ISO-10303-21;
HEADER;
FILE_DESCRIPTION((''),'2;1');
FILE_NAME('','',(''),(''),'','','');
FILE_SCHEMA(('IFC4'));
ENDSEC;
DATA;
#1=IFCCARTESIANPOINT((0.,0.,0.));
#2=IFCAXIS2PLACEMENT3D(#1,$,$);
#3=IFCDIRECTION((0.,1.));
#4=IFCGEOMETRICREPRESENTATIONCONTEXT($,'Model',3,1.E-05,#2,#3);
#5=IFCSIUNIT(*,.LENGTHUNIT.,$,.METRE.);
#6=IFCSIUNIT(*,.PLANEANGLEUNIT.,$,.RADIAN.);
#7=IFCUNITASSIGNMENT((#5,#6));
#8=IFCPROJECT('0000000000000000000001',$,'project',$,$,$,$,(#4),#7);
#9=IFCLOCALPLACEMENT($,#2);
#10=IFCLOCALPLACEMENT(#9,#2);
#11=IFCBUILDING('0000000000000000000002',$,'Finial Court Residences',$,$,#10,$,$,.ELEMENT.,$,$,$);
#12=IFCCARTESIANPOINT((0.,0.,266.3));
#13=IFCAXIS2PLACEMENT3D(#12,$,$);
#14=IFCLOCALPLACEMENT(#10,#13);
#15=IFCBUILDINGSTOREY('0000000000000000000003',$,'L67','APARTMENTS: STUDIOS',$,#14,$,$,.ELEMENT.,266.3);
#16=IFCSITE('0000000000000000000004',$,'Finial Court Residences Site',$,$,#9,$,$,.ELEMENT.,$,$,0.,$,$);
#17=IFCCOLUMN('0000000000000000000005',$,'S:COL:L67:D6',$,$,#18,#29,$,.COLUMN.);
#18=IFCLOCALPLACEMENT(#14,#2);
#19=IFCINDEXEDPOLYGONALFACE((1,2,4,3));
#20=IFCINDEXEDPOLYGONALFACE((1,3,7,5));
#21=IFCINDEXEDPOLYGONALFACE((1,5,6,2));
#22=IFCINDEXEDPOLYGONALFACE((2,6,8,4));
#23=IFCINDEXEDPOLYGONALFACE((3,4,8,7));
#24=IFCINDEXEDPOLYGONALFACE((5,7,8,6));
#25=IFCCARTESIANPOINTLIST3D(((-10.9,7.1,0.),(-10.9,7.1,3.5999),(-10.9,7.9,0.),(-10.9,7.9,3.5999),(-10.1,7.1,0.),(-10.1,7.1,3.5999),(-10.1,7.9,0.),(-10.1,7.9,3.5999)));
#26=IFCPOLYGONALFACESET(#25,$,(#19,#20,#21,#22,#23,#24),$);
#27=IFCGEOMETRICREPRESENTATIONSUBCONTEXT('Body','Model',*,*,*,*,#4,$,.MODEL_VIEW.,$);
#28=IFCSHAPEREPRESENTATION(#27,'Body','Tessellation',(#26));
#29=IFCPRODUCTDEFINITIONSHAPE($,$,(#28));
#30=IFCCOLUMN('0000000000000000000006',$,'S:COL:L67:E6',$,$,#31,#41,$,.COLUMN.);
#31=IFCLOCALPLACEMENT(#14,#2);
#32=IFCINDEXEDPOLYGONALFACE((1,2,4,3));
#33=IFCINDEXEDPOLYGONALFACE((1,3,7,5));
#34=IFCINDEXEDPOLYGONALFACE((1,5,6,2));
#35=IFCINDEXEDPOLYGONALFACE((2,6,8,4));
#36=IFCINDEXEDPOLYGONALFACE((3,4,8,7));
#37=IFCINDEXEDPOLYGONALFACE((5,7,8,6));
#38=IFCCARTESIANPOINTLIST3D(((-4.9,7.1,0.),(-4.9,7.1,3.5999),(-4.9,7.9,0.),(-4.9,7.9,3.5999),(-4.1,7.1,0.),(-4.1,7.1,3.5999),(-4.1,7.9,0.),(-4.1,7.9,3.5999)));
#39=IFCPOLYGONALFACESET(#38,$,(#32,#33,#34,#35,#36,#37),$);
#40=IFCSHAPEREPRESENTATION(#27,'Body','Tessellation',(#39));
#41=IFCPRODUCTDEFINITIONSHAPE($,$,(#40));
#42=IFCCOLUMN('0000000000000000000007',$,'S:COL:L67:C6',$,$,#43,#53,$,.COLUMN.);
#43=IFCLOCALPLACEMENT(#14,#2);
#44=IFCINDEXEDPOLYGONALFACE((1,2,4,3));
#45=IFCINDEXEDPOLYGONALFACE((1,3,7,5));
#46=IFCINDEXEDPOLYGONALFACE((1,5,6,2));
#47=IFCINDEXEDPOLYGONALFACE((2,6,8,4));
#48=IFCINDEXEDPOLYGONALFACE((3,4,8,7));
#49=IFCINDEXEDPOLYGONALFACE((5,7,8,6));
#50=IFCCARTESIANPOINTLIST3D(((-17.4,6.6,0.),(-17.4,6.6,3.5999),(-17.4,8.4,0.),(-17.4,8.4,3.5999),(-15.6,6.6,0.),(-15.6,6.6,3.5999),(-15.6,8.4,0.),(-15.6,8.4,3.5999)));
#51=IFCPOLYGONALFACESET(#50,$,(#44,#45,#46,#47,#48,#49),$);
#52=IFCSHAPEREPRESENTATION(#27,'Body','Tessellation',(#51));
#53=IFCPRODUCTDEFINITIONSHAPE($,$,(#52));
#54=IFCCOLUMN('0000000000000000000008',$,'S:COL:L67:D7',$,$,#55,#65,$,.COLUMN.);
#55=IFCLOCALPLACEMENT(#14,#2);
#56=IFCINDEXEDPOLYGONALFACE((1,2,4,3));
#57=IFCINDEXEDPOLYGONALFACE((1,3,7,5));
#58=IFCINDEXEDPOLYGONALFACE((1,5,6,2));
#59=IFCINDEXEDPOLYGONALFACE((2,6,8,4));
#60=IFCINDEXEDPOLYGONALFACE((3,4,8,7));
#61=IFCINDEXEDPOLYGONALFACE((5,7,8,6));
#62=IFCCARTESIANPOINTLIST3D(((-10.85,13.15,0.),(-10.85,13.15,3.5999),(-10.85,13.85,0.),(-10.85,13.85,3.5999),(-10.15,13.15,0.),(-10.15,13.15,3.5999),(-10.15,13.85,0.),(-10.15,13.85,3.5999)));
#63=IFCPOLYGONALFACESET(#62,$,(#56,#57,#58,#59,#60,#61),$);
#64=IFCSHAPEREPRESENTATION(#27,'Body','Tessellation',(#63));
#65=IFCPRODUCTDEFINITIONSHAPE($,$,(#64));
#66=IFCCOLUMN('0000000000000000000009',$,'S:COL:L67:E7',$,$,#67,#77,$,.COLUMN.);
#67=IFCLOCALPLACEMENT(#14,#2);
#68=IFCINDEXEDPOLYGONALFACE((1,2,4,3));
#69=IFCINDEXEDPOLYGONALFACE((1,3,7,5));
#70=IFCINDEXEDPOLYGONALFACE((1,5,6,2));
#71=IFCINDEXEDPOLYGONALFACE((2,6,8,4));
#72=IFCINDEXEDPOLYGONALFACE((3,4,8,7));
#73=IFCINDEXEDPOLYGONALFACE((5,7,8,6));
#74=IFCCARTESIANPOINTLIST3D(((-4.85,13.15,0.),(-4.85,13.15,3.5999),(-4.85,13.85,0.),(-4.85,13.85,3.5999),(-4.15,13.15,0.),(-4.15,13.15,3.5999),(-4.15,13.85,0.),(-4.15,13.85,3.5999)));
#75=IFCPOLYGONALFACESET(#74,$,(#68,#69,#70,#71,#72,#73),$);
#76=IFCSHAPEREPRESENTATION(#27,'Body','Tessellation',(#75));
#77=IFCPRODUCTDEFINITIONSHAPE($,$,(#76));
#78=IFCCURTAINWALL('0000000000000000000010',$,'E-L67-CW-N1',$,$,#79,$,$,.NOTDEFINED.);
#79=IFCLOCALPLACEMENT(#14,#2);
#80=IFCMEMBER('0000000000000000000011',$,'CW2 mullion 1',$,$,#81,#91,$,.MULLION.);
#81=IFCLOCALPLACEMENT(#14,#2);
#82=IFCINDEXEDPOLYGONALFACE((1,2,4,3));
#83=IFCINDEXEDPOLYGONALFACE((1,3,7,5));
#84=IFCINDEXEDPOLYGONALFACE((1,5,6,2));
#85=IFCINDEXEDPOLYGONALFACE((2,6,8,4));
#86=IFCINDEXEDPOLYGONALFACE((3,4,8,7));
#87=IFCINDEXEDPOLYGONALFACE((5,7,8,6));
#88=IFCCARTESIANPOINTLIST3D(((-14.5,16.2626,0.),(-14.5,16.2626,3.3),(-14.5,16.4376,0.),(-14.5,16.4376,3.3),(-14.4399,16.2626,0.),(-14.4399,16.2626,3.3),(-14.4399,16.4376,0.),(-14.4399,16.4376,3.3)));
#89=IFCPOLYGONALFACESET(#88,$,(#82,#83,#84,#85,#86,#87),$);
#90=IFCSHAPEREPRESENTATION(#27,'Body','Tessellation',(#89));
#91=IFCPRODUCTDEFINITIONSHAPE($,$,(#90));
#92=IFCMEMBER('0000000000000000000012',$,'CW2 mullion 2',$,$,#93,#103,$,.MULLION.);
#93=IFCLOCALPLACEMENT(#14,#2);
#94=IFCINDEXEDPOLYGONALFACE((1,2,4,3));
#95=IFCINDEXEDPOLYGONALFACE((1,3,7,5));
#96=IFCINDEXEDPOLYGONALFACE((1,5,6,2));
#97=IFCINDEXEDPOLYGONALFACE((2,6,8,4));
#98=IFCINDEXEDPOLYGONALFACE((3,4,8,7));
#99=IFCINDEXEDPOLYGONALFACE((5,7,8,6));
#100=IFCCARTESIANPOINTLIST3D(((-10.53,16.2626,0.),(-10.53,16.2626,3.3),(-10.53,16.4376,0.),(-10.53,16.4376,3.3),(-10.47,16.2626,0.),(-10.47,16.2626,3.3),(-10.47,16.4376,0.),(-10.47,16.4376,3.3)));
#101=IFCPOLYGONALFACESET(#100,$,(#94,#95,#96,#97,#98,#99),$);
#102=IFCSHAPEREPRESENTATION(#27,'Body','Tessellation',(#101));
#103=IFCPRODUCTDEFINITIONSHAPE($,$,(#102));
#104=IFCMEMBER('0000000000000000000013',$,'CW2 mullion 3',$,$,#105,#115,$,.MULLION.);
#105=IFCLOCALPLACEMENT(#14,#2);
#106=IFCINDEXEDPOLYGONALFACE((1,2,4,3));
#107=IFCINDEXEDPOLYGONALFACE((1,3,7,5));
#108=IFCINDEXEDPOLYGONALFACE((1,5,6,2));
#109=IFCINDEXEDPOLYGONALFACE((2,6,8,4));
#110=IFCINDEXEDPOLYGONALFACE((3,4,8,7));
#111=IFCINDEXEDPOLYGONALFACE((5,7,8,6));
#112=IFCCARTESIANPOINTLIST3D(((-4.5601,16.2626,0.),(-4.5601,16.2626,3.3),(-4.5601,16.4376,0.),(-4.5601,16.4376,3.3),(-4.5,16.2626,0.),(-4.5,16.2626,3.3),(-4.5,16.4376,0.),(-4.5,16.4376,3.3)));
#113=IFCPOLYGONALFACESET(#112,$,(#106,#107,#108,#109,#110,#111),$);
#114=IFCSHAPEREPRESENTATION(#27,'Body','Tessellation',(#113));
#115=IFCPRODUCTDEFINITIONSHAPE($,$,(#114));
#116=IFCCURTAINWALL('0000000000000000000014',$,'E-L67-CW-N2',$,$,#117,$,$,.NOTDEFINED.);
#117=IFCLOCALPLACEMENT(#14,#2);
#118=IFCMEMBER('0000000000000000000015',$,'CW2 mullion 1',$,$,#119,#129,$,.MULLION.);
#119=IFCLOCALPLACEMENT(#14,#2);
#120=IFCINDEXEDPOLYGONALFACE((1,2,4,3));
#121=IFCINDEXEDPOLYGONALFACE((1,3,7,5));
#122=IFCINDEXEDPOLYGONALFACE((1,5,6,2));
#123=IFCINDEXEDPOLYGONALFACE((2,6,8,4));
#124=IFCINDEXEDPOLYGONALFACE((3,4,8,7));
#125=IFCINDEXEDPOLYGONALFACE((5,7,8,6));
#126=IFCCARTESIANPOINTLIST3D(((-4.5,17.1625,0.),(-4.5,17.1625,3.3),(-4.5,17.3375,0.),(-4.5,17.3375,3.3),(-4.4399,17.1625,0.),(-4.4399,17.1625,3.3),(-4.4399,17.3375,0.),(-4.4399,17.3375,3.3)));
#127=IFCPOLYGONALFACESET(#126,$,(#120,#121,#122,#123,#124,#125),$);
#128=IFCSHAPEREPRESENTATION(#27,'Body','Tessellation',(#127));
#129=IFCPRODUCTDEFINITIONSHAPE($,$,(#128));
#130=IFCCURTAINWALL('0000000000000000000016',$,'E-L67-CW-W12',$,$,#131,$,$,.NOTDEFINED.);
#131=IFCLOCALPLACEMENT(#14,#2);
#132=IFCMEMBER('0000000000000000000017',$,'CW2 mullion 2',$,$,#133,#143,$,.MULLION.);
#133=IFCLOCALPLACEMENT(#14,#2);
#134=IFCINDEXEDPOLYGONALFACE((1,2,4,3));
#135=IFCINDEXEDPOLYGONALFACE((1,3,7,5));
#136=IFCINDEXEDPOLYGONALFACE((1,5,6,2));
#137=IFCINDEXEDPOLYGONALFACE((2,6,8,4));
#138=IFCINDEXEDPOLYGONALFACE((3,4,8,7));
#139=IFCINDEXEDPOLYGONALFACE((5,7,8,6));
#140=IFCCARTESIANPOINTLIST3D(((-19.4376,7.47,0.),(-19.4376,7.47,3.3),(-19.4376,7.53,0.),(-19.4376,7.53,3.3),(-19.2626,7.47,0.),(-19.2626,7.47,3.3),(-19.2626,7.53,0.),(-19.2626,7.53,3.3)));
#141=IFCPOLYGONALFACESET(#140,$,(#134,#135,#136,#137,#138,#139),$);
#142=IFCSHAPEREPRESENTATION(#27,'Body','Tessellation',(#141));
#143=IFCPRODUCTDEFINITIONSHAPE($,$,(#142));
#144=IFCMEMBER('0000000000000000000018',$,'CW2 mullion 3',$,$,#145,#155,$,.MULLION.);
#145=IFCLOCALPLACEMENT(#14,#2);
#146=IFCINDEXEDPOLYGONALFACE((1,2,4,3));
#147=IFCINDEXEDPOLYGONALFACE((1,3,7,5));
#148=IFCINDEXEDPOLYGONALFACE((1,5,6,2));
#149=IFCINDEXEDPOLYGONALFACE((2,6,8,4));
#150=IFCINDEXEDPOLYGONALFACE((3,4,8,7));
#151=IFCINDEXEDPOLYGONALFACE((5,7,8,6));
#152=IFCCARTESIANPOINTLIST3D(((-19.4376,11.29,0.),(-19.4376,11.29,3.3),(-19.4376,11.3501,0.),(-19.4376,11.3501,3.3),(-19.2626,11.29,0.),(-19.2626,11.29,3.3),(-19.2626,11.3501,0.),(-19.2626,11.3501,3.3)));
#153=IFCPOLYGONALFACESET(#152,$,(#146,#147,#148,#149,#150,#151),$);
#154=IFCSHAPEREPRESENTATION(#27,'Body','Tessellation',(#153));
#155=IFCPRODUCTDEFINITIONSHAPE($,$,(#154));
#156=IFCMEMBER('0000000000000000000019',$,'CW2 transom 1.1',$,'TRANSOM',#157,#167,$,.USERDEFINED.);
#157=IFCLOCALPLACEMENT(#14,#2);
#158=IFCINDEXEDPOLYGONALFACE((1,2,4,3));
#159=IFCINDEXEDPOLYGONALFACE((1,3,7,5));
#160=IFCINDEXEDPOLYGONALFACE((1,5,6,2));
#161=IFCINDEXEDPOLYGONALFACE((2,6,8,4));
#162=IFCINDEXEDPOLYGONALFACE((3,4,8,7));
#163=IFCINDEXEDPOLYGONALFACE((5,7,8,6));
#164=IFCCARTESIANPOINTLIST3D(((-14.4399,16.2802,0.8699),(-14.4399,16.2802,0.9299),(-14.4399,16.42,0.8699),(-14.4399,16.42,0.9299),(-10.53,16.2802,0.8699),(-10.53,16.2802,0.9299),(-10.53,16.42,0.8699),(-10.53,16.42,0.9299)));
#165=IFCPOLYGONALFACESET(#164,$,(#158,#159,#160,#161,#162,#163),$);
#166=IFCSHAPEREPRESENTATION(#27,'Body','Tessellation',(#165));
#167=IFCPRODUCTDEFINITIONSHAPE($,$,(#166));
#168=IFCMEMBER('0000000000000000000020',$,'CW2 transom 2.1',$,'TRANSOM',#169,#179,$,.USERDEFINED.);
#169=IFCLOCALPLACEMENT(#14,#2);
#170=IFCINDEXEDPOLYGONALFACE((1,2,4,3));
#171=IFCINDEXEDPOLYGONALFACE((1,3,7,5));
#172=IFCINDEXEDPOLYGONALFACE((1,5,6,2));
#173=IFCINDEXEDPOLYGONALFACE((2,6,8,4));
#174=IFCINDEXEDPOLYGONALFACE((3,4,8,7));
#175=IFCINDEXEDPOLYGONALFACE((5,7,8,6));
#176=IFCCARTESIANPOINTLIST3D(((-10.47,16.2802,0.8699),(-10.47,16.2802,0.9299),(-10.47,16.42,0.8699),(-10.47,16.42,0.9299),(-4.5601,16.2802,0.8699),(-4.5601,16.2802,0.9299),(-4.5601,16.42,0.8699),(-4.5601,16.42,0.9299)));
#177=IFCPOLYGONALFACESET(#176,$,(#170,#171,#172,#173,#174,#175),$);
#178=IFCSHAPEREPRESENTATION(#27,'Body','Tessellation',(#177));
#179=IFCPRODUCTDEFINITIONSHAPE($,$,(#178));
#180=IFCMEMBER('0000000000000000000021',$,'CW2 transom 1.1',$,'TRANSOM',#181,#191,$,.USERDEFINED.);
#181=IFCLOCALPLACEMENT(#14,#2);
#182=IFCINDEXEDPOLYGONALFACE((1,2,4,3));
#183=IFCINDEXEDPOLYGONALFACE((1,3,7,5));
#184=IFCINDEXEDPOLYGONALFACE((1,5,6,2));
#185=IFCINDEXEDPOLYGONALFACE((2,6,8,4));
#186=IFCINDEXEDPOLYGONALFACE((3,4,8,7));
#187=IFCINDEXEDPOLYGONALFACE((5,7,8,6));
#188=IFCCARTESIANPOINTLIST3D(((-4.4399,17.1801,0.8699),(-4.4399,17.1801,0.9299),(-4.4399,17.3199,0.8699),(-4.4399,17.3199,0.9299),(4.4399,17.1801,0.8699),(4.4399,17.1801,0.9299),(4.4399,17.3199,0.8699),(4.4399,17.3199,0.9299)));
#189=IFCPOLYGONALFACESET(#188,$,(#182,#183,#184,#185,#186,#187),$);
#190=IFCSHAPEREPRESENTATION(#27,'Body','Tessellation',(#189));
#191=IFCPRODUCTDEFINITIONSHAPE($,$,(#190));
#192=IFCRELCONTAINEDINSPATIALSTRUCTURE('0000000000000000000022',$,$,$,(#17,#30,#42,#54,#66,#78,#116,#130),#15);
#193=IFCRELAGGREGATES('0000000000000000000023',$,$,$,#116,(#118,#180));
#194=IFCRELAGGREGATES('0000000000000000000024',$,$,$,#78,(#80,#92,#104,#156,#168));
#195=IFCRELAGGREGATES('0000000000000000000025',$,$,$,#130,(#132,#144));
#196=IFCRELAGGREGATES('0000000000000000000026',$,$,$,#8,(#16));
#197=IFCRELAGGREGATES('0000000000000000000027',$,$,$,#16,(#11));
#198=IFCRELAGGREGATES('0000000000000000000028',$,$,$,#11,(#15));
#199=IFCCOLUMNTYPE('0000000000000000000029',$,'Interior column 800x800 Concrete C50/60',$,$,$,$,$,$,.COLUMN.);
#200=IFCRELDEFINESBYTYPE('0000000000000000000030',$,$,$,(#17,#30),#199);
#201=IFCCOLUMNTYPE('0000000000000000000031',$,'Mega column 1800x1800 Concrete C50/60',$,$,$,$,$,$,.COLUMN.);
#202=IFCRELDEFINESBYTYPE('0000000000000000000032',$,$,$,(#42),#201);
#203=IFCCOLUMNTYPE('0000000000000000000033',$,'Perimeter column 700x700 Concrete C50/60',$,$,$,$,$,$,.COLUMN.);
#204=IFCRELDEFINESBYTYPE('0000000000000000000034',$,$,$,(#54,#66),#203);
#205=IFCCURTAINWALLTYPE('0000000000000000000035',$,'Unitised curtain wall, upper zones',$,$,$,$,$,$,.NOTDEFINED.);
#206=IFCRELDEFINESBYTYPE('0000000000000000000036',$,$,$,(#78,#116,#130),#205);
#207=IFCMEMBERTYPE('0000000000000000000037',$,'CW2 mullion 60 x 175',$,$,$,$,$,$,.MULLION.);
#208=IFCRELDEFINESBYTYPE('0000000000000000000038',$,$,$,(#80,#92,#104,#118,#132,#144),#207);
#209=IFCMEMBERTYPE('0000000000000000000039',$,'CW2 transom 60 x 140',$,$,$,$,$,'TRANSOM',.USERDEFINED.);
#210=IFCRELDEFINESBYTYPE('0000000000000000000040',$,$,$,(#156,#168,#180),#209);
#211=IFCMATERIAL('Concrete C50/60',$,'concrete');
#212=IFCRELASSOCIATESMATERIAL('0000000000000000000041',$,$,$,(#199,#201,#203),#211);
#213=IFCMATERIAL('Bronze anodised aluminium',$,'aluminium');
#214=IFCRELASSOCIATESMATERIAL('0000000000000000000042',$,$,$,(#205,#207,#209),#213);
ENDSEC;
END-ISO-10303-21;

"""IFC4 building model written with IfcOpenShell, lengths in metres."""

from ifc_helpers import new_model, si_unit, direction, frame, origin, origin_2d, place, context, subcontext, project, spatial, rectangle, extrude, material, material_profile, profile_set, type_object, element, aggregate, save


model = new_model("IFC4")

# Units and contexts
model_context = context("Model", 3, precision=1e-05, world=origin(), true_north=direction((0.0, 1.0)))
body_context = subcontext(model_context, "Body", "Model", "MODEL_VIEW")
ifc_project = project(units=[si_unit("LENGTHUNIT", "METRE"), si_unit("PLANEANGLEUNIT", "RADIAN")], contexts=[model_context])

# Site, building, storey
site_placement = place(None, origin())
site = spatial("IfcSite", under=ifc_project, at=site_placement, Name="Finial Court Residences Site", CompositionType="ELEMENT", RefElevation=0.0)
building_placement = place(site_placement, origin())
building = spatial("IfcBuilding", under=site, at=building_placement, Name="Finial Court Residences", CompositionType="ELEMENT")
storey_placement = place(building_placement, frame((0.0, 0.0, 266.3)))
storey = spatial("IfcBuildingStorey", under=building, at=storey_placement, Name="L67", Description="APARTMENTS: STUDIOS", CompositionType="ELEMENT", Elevation=266.3)

# Columns
ifc_material_1 = material(Name="Concrete C50/60", Category="concrete")
ifc_material_profile_1 = material_profile(ifc_material_1, rectangle(XDim=0.8, YDim=0.8, at=origin_2d()), Name="800x800")
ifc_profile_set_1 = profile_set([ifc_material_profile_1], Name="Concrete C50/60")
column_type_1 = type_object("IfcColumnType", Name="Interior column 800x800 Concrete C50/60", PredefinedType="COLUMN", material=ifc_profile_set_1)
for number, where, z_axis, x_axis, name in (
    (1, (-10.5, 7.5, 0.0), (0.0, 0.0, 1.0), (1.0, 0.0, 0.0), "S:COL:L67:D6"),
    (2, (-4.5, 7.5, 0.0), (0.0, 0.0, 1.0), (1.0, 0.0, 0.0), "S:COL:L67:E6"),
):
    element("IfcColumn", number, at=place(storey_placement, frame(where, z_axis=z_axis, x_axis=x_axis)), inside=storey, type_object=column_type_1, Name=name, PredefinedType="COLUMN", context=body_context, shape_type="SweptSolid", body=[
        extrude(rectangle(XDim=0.8, YDim=0.8, at=origin_2d()), origin(), (0.0, 0.0, 1.0), 3.5999),
    ])
ifc_material_profile_2 = material_profile(ifc_material_1, rectangle(XDim=1.8, YDim=1.8, at=origin_2d()), Name="1800x1800")
ifc_profile_set_2 = profile_set([ifc_material_profile_2], Name="Concrete C50/60")
column_type_2 = type_object("IfcColumnType", Name="Mega column 1800x1800 Concrete C50/60", PredefinedType="COLUMN", material=ifc_profile_set_2)
column_placement = place(storey_placement, frame((-16.5, 7.5, 0.0), z_axis=(0.0, 0.0, 1.0), x_axis=(1.0, 0.0, 0.0)))
element("IfcColumn", 3, at=column_placement, inside=storey, type_object=column_type_2, Name="S:COL:L67:C6", PredefinedType="COLUMN", context=body_context, shape_type="SweptSolid", body=[
    extrude(rectangle(XDim=1.8, YDim=1.8, at=origin_2d()), origin(), (0.0, 0.0, 1.0), 3.5999),
])
ifc_material_profile_3 = material_profile(ifc_material_1, rectangle(XDim=0.7, YDim=0.7, at=origin_2d()), Name="700x700")
ifc_profile_set_3 = profile_set([ifc_material_profile_3], Name="Concrete C50/60")
column_type_3 = type_object("IfcColumnType", Name="Perimeter column 700x700 Concrete C50/60", PredefinedType="COLUMN", material=ifc_profile_set_3)
for number, where, z_axis, x_axis, name in (
    (4, (-10.5, 13.5, 0.0), (0.0, 0.0, 1.0), (1.0, 0.0, 0.0), "S:COL:L67:D7"),
    (5, (-4.5, 13.5, 0.0), (0.0, 0.0, 1.0), (1.0, 0.0, 0.0), "S:COL:L67:E7"),
):
    element("IfcColumn", number, at=place(storey_placement, frame(where, z_axis=z_axis, x_axis=x_axis)), inside=storey, type_object=column_type_3, Name=name, PredefinedType="COLUMN", context=body_context, shape_type="SweptSolid", body=[
        extrude(rectangle(XDim=0.7, YDim=0.7, at=origin_2d()), origin(), (0.0, 0.0, 1.0), 3.5999),
    ])

# Curtain wall, members
ifc_material_2 = material(Name="Bronze anodised aluminium", Category="aluminium")
curtain_wall_type = type_object("IfcCurtainWallType", Name="Unitised curtain wall, upper zones", PredefinedType="NOTDEFINED", material=ifc_material_2)
curtain_wall_1_placement = place(storey_placement, origin())
curtain_wall_1 = element("IfcCurtainWall", 6, at=curtain_wall_1_placement, inside=storey, type_object=curtain_wall_type, Name="E-L67-CW-N1", PredefinedType="NOTDEFINED")
ifc_material_profile_4 = material_profile(ifc_material_2, rectangle(XDim=0.175, YDim=0.0601, at=origin_2d()), Name="CW2 mullion 60 x 175")
ifc_profile_set_4 = profile_set([ifc_material_profile_4], Name="Bronze anodised aluminium")
member_type_1 = type_object("IfcMemberType", Name="CW2 mullion 60 x 175", PredefinedType="MULLION", material=ifc_profile_set_4)
member_1_placement = place(storey_placement, frame((-14.47, 16.3501, 0.0), z_axis=(0.0, 0.0, 1.0), x_axis=(0.0, 1.0, 0.0)))
member_1 = element("IfcMember", 7, at=member_1_placement, type_object=member_type_1, Name="CW2 mullion 1", PredefinedType="MULLION", context=body_context, shape_type="SweptSolid", body=[
    extrude(rectangle(XDim=0.175, YDim=0.0601, at=origin_2d()), origin(), (0.0, 0.0, 1.0), 3.3),
])
member_2_placement = place(storey_placement, frame((-10.5, 16.3501, 0.0), z_axis=(0.0, 0.0, 1.0), x_axis=(0.0, 1.0, 0.0)))
member_2 = element("IfcMember", 8, at=member_2_placement, type_object=member_type_1, Name="CW2 mullion 2", PredefinedType="MULLION", context=body_context, shape_type="SweptSolid", body=[
    extrude(rectangle(XDim=0.175, YDim=0.0601, at=origin_2d()), origin(), (0.0, 0.0, 1.0), 3.3),
])
member_3_placement = place(storey_placement, frame((-4.53, 16.3501, 0.0), z_axis=(0.0, 0.0, 1.0), x_axis=(0.0, 1.0, 0.0)))
member_3 = element("IfcMember", 9, at=member_3_placement, type_object=member_type_1, Name="CW2 mullion 3", PredefinedType="MULLION", context=body_context, shape_type="SweptSolid", body=[
    extrude(rectangle(XDim=0.175, YDim=0.0601, at=origin_2d()), origin(), (0.0, 0.0, 1.0), 3.3),
])

# Curtain wall, member
curtain_wall_2_placement = place(storey_placement, origin())
curtain_wall_2 = element("IfcCurtainWall", 10, at=curtain_wall_2_placement, inside=storey, type_object=curtain_wall_type, Name="E-L67-CW-N2", PredefinedType="NOTDEFINED")
member_4_placement = place(storey_placement, frame((-4.47, 17.25, 0.0), z_axis=(0.0, 0.0, 1.0), x_axis=(0.0, 1.0, 0.0)))
member_4 = element("IfcMember", 11, at=member_4_placement, type_object=member_type_1, Name="CW2 mullion 1", PredefinedType="MULLION", context=body_context, shape_type="SweptSolid", body=[
    extrude(rectangle(XDim=0.175, YDim=0.0601, at=origin_2d()), origin(), (0.0, 0.0, 1.0), 3.3),
])

# Curtain wall, members
curtain_wall_3_placement = place(storey_placement, origin())
curtain_wall_3 = element("IfcCurtainWall", 12, at=curtain_wall_3_placement, inside=storey, type_object=curtain_wall_type, Name="E-L67-CW-W12", PredefinedType="NOTDEFINED")
member_5_placement = place(storey_placement, frame((-19.3501, 7.5, 0.0), z_axis=(0.0, 0.0, 1.0), x_axis=(-1.0, 0.0, 0.0)))
member_5 = element("IfcMember", 13, at=member_5_placement, type_object=member_type_1, Name="CW2 mullion 2", PredefinedType="MULLION", context=body_context, shape_type="SweptSolid", body=[
    extrude(rectangle(XDim=0.175, YDim=0.0601, at=origin_2d()), origin(), (0.0, 0.0, 1.0), 3.3),
])
member_6_placement = place(storey_placement, frame((-19.3501, 11.3201, 0.0), z_axis=(0.0, 0.0, 1.0), x_axis=(-1.0, 0.0, 0.0)))
member_6 = element("IfcMember", 14, at=member_6_placement, type_object=member_type_1, Name="CW2 mullion 3", PredefinedType="MULLION", context=body_context, shape_type="SweptSolid", body=[
    extrude(rectangle(XDim=0.175, YDim=0.0601, at=origin_2d()), origin(), (0.0, 0.0, 1.0), 3.3),
])

# Members
ifc_material_profile_5 = material_profile(ifc_material_2, rectangle(XDim=0.1399, YDim=0.0601, at=origin_2d()), Name="CW2 transom 60 x 140")
ifc_profile_set_5 = profile_set([ifc_material_profile_5], Name="Bronze anodised aluminium")
member_type_2 = type_object("IfcMemberType", Name="CW2 transom 60 x 140", ElementType="TRANSOM", PredefinedType="USERDEFINED", material=ifc_profile_set_5)
member_7_placement = place(storey_placement, frame((-14.4399, 16.3501, 0.8999), z_axis=(1.0, 0.0, 0.0), x_axis=(0.0, 1.0, 0.0)))
member_7 = element("IfcMember", 15, at=member_7_placement, type_object=member_type_2, Name="CW2 transom 1.1", ObjectType="TRANSOM", PredefinedType="USERDEFINED", context=body_context, shape_type="SweptSolid", body=[
    extrude(rectangle(XDim=0.1399, YDim=0.0601, at=origin_2d()), origin(), (0.0, 0.0, 1.0), 3.9099),
])
member_8_placement = place(storey_placement, frame((-10.47, 16.3501, 0.8999), z_axis=(1.0, 0.0, 0.0), x_axis=(0.0, 1.0, 0.0)))
member_8 = element("IfcMember", 16, at=member_8_placement, type_object=member_type_2, Name="CW2 transom 2.1", ObjectType="TRANSOM", PredefinedType="USERDEFINED", context=body_context, shape_type="SweptSolid", body=[
    extrude(rectangle(XDim=0.1399, YDim=0.0601, at=origin_2d()), origin(), (0.0, 0.0, 1.0), 5.9099),
])
member_9_placement = place(storey_placement, frame((-4.4399, 17.25, 0.8999), z_axis=(1.0, 0.0, 0.0), x_axis=(0.0, 1.0, 0.0)))
member_9 = element("IfcMember", 17, at=member_9_placement, type_object=member_type_2, Name="CW2 transom 1.1", ObjectType="TRANSOM", PredefinedType="USERDEFINED", context=body_context, shape_type="SweptSolid", body=[
    extrude(rectangle(XDim=0.1399, YDim=0.0601, at=origin_2d()), origin(), (0.0, 0.0, 1.0), 8.8799),
])
aggregate(curtain_wall_2, [member_4, member_9])

aggregate(curtain_wall_1, [member_1, member_2, member_3, member_7, member_8])
aggregate(curtain_wall_3, [member_5, member_6])

save(model, "model.ifc")
